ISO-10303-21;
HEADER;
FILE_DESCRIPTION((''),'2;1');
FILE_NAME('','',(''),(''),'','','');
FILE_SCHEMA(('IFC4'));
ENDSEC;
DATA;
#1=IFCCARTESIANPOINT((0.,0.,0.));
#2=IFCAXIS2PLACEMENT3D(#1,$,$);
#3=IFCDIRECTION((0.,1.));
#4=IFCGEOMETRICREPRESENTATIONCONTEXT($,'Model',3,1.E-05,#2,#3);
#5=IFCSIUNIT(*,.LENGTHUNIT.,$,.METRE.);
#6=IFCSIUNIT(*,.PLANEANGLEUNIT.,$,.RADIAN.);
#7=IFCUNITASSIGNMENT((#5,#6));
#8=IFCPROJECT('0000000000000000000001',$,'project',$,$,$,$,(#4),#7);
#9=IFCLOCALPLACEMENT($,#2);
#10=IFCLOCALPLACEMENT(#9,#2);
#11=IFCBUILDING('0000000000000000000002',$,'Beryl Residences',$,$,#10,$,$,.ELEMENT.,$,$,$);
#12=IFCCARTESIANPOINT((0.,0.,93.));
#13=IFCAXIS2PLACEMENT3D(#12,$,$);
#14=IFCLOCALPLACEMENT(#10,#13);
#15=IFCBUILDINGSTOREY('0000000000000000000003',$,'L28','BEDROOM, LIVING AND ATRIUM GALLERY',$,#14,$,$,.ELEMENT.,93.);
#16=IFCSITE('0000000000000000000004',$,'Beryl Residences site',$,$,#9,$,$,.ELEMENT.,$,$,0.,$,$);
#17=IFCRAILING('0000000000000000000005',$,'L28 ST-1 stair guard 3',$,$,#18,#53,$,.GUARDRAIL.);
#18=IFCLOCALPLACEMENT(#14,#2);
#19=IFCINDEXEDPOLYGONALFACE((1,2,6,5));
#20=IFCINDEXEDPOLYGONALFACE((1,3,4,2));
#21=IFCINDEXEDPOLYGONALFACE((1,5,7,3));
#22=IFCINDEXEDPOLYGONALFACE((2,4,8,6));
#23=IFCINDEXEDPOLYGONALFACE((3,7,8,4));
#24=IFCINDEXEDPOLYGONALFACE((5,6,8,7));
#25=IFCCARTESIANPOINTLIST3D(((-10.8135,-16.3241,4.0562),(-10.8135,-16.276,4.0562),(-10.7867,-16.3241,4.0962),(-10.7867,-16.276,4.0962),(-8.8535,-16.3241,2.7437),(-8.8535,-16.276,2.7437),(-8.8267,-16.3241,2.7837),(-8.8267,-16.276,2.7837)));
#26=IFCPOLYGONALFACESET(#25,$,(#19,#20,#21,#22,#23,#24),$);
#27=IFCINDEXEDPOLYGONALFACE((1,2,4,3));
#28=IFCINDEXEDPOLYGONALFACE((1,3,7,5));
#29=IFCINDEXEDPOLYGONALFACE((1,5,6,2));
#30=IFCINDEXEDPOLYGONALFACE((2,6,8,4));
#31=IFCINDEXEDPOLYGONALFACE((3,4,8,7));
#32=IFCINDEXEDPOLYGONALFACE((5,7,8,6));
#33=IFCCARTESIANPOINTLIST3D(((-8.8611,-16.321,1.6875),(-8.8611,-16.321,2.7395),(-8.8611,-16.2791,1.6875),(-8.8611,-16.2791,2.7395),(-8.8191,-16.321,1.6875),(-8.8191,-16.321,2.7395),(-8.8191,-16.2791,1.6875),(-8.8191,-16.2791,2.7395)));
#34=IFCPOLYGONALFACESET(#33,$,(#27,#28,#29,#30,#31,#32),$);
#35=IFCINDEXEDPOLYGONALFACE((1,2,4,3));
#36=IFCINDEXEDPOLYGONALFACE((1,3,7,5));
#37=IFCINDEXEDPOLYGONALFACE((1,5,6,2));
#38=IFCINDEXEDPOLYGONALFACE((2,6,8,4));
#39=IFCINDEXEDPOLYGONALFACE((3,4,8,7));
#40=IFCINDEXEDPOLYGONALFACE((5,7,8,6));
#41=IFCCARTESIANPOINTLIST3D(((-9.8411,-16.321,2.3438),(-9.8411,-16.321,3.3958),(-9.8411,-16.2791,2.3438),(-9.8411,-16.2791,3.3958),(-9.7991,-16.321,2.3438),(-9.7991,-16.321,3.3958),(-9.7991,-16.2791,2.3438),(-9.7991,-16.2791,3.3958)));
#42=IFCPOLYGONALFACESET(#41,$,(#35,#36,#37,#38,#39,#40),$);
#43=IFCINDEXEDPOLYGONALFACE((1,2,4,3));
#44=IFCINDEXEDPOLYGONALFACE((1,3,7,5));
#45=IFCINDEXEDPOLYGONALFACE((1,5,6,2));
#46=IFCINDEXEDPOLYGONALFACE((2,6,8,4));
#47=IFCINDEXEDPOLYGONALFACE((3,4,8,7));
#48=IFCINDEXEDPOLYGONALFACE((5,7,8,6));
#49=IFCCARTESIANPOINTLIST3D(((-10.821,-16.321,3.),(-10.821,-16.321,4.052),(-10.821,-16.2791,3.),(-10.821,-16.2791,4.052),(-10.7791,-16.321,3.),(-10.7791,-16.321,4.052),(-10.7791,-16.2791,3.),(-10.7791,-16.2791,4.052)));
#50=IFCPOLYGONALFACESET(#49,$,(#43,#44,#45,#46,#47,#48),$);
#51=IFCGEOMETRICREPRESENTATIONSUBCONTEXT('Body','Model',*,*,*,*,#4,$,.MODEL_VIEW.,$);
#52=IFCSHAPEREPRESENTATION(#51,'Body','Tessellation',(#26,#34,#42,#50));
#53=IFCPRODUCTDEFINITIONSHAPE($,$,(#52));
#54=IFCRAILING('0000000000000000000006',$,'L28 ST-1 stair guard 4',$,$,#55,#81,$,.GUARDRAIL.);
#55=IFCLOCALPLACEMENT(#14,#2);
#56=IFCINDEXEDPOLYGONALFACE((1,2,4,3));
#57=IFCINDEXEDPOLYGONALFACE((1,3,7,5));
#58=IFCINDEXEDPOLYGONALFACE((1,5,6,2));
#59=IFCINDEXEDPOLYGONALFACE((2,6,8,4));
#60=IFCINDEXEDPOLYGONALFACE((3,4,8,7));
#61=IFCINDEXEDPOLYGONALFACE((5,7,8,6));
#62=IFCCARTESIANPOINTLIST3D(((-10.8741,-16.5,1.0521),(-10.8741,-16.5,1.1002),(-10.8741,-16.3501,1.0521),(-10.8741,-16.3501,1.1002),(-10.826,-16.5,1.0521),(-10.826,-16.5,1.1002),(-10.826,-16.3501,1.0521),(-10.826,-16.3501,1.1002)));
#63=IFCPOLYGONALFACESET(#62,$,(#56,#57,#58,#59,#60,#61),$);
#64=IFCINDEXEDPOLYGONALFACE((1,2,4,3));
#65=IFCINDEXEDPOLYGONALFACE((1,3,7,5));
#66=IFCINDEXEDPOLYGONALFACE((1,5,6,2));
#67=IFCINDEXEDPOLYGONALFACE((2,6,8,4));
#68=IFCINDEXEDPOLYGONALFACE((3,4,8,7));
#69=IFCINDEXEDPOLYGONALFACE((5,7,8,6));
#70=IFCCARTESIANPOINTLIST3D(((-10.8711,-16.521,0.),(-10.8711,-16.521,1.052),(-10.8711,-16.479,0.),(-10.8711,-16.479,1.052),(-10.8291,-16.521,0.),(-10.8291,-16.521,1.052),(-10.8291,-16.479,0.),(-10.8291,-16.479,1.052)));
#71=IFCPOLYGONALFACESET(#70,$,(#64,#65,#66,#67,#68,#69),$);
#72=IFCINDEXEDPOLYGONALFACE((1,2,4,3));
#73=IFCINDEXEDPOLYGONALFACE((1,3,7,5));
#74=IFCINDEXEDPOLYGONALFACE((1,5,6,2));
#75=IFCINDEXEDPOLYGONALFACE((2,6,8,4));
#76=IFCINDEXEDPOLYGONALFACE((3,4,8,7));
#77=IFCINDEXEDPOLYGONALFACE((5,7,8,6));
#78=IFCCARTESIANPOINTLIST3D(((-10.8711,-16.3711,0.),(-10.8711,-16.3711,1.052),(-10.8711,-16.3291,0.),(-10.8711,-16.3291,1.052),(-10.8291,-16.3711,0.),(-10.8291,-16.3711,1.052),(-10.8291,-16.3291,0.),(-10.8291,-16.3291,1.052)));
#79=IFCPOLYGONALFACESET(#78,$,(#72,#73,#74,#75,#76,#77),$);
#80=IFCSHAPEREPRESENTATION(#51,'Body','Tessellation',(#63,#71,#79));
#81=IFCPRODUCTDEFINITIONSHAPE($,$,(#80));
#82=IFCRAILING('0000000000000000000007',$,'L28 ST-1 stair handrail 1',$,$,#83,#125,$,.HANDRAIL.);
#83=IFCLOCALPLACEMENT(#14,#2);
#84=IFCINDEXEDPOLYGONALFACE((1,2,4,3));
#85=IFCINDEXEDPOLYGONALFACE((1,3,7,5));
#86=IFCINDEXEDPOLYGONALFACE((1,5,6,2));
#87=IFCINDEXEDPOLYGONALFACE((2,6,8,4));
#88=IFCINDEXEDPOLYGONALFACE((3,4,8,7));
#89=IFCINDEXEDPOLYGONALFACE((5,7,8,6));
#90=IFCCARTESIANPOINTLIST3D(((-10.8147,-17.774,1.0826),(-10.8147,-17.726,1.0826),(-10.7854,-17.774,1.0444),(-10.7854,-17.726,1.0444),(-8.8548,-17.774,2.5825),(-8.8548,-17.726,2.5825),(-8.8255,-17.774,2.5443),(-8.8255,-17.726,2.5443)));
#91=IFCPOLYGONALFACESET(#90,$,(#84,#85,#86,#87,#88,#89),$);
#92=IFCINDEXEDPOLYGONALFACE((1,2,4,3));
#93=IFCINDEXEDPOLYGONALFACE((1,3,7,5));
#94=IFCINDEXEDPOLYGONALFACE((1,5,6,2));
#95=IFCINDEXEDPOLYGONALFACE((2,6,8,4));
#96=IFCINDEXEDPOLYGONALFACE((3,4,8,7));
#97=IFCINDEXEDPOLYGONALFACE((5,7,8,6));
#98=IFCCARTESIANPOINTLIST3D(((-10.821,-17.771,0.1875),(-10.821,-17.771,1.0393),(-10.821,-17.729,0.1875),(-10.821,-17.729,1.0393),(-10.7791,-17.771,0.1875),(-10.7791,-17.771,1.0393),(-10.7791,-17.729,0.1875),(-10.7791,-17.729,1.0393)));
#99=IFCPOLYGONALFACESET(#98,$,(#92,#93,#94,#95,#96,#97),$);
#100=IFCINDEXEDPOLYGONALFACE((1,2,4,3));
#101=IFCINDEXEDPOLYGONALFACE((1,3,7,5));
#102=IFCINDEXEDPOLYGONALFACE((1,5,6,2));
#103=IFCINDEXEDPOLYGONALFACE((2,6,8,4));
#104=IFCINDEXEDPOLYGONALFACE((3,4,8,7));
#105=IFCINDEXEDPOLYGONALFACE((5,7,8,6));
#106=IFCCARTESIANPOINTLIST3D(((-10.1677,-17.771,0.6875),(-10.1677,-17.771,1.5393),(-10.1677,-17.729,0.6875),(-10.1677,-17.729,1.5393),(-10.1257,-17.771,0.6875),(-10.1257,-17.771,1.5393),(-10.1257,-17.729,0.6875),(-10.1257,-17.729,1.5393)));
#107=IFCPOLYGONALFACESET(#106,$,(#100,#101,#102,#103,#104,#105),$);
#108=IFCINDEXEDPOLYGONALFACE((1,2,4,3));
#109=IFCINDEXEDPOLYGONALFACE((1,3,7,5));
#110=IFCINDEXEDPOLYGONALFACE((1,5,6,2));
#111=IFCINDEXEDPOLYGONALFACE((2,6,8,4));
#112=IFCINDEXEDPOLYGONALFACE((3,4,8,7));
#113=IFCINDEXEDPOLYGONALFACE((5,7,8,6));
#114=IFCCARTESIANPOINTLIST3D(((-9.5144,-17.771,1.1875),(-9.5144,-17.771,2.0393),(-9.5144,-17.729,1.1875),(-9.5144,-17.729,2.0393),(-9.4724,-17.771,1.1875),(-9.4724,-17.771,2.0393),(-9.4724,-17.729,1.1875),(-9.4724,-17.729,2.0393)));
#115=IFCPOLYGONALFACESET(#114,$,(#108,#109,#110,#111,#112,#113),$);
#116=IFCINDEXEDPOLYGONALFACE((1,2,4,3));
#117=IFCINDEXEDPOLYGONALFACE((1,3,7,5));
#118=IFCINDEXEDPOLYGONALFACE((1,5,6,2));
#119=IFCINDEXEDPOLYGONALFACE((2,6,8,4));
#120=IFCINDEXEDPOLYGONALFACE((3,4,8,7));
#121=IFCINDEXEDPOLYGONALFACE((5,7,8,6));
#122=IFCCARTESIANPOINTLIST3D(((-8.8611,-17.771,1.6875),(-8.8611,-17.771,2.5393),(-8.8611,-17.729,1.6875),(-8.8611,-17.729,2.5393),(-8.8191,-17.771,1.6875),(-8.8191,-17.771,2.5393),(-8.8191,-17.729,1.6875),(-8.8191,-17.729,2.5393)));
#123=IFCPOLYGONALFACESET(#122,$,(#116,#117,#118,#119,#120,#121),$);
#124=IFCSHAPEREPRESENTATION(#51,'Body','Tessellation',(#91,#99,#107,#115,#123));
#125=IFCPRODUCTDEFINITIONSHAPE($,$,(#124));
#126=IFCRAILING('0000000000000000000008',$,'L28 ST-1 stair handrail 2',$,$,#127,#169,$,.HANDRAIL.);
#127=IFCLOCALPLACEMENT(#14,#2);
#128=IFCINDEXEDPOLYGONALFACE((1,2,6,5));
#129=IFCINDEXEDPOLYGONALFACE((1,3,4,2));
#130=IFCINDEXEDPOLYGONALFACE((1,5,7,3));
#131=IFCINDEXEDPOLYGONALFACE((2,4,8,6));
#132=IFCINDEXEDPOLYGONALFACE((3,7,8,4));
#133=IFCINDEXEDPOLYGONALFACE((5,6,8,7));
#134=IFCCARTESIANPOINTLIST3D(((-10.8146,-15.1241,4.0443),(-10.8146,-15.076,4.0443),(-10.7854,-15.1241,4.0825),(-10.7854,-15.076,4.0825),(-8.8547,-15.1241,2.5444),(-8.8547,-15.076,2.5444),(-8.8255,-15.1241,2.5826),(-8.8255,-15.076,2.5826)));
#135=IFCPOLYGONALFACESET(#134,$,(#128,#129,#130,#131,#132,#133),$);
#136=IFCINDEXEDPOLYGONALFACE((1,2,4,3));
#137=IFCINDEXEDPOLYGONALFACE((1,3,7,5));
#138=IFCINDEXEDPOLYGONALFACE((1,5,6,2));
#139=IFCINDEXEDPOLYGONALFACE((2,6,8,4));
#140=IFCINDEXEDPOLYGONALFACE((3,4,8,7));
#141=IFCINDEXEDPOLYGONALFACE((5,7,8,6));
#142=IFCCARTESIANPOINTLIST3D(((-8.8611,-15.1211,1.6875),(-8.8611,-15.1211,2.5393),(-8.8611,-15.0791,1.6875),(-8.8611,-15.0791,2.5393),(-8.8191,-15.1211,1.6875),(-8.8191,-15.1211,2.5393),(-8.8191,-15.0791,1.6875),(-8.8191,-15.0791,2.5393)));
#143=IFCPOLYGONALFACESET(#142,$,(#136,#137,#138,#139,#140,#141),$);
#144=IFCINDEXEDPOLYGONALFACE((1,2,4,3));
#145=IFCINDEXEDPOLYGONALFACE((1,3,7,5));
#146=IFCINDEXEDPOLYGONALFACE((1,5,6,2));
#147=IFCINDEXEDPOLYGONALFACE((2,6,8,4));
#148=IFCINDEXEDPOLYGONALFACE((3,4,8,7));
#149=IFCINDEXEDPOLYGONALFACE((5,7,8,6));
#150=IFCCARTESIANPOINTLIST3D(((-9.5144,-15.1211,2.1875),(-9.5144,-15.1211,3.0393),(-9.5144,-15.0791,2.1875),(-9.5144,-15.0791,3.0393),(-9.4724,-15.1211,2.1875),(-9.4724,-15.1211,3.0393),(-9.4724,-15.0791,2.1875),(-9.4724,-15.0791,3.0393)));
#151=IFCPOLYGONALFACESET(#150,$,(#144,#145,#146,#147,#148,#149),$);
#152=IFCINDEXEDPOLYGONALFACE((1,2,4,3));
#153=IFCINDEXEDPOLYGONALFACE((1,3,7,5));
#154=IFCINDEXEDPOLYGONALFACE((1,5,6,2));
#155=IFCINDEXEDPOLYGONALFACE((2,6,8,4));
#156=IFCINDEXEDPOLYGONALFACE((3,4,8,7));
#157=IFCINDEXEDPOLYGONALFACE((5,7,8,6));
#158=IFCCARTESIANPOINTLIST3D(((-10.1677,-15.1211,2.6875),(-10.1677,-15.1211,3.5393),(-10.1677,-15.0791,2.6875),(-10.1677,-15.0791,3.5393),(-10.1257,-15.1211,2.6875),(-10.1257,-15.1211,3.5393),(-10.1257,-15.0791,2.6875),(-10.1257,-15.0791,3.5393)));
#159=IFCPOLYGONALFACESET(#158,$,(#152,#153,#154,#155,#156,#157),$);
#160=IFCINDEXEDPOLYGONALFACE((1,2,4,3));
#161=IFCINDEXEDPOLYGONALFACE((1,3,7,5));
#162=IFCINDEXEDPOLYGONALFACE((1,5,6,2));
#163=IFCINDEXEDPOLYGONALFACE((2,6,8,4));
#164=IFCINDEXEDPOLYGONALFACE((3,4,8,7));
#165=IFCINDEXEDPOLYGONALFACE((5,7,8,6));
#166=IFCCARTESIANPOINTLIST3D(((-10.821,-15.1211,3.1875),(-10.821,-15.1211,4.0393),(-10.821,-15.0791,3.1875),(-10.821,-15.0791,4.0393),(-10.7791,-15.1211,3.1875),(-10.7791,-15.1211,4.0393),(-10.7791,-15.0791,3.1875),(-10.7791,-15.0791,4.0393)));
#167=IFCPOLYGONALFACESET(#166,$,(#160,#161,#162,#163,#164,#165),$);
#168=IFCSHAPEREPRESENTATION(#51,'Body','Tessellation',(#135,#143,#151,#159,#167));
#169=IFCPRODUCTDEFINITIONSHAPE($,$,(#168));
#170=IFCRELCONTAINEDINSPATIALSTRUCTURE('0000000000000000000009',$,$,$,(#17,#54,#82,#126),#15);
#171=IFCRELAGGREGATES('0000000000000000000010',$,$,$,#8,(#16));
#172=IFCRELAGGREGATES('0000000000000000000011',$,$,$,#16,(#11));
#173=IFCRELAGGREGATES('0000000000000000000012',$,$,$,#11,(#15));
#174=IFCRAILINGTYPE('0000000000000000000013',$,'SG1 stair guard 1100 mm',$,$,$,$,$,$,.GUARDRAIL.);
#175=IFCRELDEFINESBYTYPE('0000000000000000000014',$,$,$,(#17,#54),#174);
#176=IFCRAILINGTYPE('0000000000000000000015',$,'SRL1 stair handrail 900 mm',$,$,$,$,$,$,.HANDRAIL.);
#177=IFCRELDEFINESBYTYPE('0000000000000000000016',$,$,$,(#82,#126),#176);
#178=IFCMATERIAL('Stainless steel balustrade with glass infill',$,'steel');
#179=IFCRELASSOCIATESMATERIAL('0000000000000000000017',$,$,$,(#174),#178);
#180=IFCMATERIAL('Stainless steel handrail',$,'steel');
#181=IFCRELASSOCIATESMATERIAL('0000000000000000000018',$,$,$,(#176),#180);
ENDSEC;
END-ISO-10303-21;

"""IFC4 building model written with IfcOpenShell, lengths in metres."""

from ifc_helpers import new_model, si_unit, direction, frame, origin, origin_2d, place, context, subcontext, project, spatial, rectangle, extrude, material, type_object, element, save


model = new_model("IFC4")

# Units and contexts
model_context = context("Model", 3, precision=1e-05, world=origin(), true_north=direction((0.0, 1.0)))
body_context = subcontext(model_context, "Body", "Model", "MODEL_VIEW")
ifc_project = project(units=[si_unit("LENGTHUNIT", "METRE"), si_unit("PLANEANGLEUNIT", "RADIAN")], contexts=[model_context])

# Site, building, storey
site_placement = place(None, origin())
site = spatial("IfcSite", under=ifc_project, at=site_placement, Name="Beryl Residences site", CompositionType="ELEMENT", RefElevation=0.0)
building_placement = place(site_placement, origin())
building = spatial("IfcBuilding", under=site, at=building_placement, Name="Beryl Residences", CompositionType="ELEMENT")
storey_placement = place(building_placement, frame((0.0, 0.0, 93.0)))
storey = spatial("IfcBuildingStorey", under=building, at=storey_placement, Name="L28", Description="BEDROOM, LIVING AND ATRIUM GALLERY", CompositionType="ELEMENT", Elevation=93.0)

# Railings
ifc_material_1 = material(Name="Stainless steel balustrade with glass infill", Category="steel")
railing_type_1 = type_object("IfcRailingType", Name="SG1 stair guard 1100 mm", PredefinedType="GUARDRAIL", material=ifc_material_1)
railing_1_placement = place(storey_placement, frame((-8.8401, -16.3, 1.6875)))
element("IfcRailing", 1, at=railing_1_placement, inside=storey, type_object=railing_type_1, Name="L28 ST-1 stair guard 3", PredefinedType="GUARDRAIL", context=body_context, shape_type="SweptSolid", body=[
    extrude(rectangle(XDim=0.0481, YDim=0.0481, at=origin_2d()), frame((0.0, 0.0, 1.0762), z_axis=(-0.830902, 0.0, 0.556419), x_axis=(0.0, -1.0, 0.0)), (0.0, 0.0, 1.0), 2.3589),
    extrude(rectangle(XDim=0.042, YDim=0.042, at=origin_2d()), origin(), (0.0, 0.0, 1.0), 1.052),
    extrude(rectangle(XDim=0.042, YDim=0.042, at=origin_2d()), frame((-0.98, 0.0, 0.6562)), (0.0, 0.0, 1.0), 1.052),
    extrude(rectangle(XDim=0.042, YDim=0.042, at=origin_2d()), frame((-1.96, 0.0, 1.3125)), (0.0, 0.0, 1.0), 1.052),
])
railing_2_placement = place(storey_placement, frame((-10.8501, -16.5, 0.0)))
element("IfcRailing", 2, at=railing_2_placement, inside=storey, type_object=railing_type_1, Name="L28 ST-1 stair guard 4", PredefinedType="GUARDRAIL", context=body_context, shape_type="SweptSolid", body=[
    extrude(rectangle(XDim=0.0481, YDim=0.0481, at=origin_2d()), frame((0.0, 0.0, 1.0762), z_axis=(0.0, 1.0, 0.0), x_axis=(-1.0, 0.0, 0.0)), (0.0, 0.0, 1.0), 0.1499),
    extrude(rectangle(XDim=0.042, YDim=0.042, at=origin_2d()), origin(), (0.0, 0.0, 1.0), 1.052),
    extrude(rectangle(XDim=0.042, YDim=0.042, at=origin_2d()), frame((0.0, 0.1499, 0.0)), (0.0, 0.0, 1.0), 1.052),
])
ifc_material_2 = material(Name="Stainless steel handrail", Category="steel")
railing_type_2 = type_object("IfcRailingType", Name="SRL1 stair handrail 900 mm", PredefinedType="HANDRAIL", material=ifc_material_2)
railing_3_placement = place(storey_placement, frame((-10.8, -17.75, 0.1875)))
element("IfcRailing", 3, at=railing_3_placement, inside=storey, type_object=railing_type_2, Name="L28 ST-1 stair handrail 1", PredefinedType="HANDRAIL", context=body_context, shape_type="SweptSolid", body=[
    extrude(rectangle(XDim=0.0481, YDim=0.0481, at=origin_2d()), frame((0.0, 0.0, 0.876), z_axis=(0.794122, 0.0, 0.607758), x_axis=(0.0, 1.0, 0.0)), (0.0, 0.0, 1.0), 2.468),
    extrude(rectangle(XDim=0.042, YDim=0.042, at=origin_2d()), origin(), (0.0, 0.0, 1.0), 0.8518),
    extrude(rectangle(XDim=0.042, YDim=0.042, at=origin_2d()), frame((0.6533, 0.0, 0.5)), (0.0, 0.0, 1.0), 0.8518),
    extrude(rectangle(XDim=0.042, YDim=0.042, at=origin_2d()), frame((1.3066, 0.0, 1.0)), (0.0, 0.0, 1.0), 0.8518),
    extrude(rectangle(XDim=0.042, YDim=0.042, at=origin_2d()), frame((1.96, 0.0, 1.5)), (0.0, 0.0, 1.0), 0.8518),
])
railing_4_placement = place(storey_placement, frame((-8.8401, -15.1001, 1.6875)))
element("IfcRailing", 4, at=railing_4_placement, inside=storey, type_object=railing_type_2, Name="L28 ST-1 stair handrail 2", PredefinedType="HANDRAIL", context=body_context, shape_type="SweptSolid", body=[
    extrude(rectangle(XDim=0.0481, YDim=0.0481, at=origin_2d()), frame((0.0, 0.0, 0.876), z_axis=(-0.794122, 0.0, 0.607758), x_axis=(0.0, -1.0, 0.0)), (0.0, 0.0, 1.0), 2.468),
    extrude(rectangle(XDim=0.042, YDim=0.042, at=origin_2d()), origin(), (0.0, 0.0, 1.0), 0.8518),
    extrude(rectangle(XDim=0.042, YDim=0.042, at=origin_2d()), frame((-0.6533, 0.0, 0.5)), (0.0, 0.0, 1.0), 0.8518),
    extrude(rectangle(XDim=0.042, YDim=0.042, at=origin_2d()), frame((-1.3066, 0.0, 1.0)), (0.0, 0.0, 1.0), 0.8518),
    extrude(rectangle(XDim=0.042, YDim=0.042, at=origin_2d()), frame((-1.96, 0.0, 1.5)), (0.0, 0.0, 1.0), 0.8518),
])

save(model, "model.ifc")
